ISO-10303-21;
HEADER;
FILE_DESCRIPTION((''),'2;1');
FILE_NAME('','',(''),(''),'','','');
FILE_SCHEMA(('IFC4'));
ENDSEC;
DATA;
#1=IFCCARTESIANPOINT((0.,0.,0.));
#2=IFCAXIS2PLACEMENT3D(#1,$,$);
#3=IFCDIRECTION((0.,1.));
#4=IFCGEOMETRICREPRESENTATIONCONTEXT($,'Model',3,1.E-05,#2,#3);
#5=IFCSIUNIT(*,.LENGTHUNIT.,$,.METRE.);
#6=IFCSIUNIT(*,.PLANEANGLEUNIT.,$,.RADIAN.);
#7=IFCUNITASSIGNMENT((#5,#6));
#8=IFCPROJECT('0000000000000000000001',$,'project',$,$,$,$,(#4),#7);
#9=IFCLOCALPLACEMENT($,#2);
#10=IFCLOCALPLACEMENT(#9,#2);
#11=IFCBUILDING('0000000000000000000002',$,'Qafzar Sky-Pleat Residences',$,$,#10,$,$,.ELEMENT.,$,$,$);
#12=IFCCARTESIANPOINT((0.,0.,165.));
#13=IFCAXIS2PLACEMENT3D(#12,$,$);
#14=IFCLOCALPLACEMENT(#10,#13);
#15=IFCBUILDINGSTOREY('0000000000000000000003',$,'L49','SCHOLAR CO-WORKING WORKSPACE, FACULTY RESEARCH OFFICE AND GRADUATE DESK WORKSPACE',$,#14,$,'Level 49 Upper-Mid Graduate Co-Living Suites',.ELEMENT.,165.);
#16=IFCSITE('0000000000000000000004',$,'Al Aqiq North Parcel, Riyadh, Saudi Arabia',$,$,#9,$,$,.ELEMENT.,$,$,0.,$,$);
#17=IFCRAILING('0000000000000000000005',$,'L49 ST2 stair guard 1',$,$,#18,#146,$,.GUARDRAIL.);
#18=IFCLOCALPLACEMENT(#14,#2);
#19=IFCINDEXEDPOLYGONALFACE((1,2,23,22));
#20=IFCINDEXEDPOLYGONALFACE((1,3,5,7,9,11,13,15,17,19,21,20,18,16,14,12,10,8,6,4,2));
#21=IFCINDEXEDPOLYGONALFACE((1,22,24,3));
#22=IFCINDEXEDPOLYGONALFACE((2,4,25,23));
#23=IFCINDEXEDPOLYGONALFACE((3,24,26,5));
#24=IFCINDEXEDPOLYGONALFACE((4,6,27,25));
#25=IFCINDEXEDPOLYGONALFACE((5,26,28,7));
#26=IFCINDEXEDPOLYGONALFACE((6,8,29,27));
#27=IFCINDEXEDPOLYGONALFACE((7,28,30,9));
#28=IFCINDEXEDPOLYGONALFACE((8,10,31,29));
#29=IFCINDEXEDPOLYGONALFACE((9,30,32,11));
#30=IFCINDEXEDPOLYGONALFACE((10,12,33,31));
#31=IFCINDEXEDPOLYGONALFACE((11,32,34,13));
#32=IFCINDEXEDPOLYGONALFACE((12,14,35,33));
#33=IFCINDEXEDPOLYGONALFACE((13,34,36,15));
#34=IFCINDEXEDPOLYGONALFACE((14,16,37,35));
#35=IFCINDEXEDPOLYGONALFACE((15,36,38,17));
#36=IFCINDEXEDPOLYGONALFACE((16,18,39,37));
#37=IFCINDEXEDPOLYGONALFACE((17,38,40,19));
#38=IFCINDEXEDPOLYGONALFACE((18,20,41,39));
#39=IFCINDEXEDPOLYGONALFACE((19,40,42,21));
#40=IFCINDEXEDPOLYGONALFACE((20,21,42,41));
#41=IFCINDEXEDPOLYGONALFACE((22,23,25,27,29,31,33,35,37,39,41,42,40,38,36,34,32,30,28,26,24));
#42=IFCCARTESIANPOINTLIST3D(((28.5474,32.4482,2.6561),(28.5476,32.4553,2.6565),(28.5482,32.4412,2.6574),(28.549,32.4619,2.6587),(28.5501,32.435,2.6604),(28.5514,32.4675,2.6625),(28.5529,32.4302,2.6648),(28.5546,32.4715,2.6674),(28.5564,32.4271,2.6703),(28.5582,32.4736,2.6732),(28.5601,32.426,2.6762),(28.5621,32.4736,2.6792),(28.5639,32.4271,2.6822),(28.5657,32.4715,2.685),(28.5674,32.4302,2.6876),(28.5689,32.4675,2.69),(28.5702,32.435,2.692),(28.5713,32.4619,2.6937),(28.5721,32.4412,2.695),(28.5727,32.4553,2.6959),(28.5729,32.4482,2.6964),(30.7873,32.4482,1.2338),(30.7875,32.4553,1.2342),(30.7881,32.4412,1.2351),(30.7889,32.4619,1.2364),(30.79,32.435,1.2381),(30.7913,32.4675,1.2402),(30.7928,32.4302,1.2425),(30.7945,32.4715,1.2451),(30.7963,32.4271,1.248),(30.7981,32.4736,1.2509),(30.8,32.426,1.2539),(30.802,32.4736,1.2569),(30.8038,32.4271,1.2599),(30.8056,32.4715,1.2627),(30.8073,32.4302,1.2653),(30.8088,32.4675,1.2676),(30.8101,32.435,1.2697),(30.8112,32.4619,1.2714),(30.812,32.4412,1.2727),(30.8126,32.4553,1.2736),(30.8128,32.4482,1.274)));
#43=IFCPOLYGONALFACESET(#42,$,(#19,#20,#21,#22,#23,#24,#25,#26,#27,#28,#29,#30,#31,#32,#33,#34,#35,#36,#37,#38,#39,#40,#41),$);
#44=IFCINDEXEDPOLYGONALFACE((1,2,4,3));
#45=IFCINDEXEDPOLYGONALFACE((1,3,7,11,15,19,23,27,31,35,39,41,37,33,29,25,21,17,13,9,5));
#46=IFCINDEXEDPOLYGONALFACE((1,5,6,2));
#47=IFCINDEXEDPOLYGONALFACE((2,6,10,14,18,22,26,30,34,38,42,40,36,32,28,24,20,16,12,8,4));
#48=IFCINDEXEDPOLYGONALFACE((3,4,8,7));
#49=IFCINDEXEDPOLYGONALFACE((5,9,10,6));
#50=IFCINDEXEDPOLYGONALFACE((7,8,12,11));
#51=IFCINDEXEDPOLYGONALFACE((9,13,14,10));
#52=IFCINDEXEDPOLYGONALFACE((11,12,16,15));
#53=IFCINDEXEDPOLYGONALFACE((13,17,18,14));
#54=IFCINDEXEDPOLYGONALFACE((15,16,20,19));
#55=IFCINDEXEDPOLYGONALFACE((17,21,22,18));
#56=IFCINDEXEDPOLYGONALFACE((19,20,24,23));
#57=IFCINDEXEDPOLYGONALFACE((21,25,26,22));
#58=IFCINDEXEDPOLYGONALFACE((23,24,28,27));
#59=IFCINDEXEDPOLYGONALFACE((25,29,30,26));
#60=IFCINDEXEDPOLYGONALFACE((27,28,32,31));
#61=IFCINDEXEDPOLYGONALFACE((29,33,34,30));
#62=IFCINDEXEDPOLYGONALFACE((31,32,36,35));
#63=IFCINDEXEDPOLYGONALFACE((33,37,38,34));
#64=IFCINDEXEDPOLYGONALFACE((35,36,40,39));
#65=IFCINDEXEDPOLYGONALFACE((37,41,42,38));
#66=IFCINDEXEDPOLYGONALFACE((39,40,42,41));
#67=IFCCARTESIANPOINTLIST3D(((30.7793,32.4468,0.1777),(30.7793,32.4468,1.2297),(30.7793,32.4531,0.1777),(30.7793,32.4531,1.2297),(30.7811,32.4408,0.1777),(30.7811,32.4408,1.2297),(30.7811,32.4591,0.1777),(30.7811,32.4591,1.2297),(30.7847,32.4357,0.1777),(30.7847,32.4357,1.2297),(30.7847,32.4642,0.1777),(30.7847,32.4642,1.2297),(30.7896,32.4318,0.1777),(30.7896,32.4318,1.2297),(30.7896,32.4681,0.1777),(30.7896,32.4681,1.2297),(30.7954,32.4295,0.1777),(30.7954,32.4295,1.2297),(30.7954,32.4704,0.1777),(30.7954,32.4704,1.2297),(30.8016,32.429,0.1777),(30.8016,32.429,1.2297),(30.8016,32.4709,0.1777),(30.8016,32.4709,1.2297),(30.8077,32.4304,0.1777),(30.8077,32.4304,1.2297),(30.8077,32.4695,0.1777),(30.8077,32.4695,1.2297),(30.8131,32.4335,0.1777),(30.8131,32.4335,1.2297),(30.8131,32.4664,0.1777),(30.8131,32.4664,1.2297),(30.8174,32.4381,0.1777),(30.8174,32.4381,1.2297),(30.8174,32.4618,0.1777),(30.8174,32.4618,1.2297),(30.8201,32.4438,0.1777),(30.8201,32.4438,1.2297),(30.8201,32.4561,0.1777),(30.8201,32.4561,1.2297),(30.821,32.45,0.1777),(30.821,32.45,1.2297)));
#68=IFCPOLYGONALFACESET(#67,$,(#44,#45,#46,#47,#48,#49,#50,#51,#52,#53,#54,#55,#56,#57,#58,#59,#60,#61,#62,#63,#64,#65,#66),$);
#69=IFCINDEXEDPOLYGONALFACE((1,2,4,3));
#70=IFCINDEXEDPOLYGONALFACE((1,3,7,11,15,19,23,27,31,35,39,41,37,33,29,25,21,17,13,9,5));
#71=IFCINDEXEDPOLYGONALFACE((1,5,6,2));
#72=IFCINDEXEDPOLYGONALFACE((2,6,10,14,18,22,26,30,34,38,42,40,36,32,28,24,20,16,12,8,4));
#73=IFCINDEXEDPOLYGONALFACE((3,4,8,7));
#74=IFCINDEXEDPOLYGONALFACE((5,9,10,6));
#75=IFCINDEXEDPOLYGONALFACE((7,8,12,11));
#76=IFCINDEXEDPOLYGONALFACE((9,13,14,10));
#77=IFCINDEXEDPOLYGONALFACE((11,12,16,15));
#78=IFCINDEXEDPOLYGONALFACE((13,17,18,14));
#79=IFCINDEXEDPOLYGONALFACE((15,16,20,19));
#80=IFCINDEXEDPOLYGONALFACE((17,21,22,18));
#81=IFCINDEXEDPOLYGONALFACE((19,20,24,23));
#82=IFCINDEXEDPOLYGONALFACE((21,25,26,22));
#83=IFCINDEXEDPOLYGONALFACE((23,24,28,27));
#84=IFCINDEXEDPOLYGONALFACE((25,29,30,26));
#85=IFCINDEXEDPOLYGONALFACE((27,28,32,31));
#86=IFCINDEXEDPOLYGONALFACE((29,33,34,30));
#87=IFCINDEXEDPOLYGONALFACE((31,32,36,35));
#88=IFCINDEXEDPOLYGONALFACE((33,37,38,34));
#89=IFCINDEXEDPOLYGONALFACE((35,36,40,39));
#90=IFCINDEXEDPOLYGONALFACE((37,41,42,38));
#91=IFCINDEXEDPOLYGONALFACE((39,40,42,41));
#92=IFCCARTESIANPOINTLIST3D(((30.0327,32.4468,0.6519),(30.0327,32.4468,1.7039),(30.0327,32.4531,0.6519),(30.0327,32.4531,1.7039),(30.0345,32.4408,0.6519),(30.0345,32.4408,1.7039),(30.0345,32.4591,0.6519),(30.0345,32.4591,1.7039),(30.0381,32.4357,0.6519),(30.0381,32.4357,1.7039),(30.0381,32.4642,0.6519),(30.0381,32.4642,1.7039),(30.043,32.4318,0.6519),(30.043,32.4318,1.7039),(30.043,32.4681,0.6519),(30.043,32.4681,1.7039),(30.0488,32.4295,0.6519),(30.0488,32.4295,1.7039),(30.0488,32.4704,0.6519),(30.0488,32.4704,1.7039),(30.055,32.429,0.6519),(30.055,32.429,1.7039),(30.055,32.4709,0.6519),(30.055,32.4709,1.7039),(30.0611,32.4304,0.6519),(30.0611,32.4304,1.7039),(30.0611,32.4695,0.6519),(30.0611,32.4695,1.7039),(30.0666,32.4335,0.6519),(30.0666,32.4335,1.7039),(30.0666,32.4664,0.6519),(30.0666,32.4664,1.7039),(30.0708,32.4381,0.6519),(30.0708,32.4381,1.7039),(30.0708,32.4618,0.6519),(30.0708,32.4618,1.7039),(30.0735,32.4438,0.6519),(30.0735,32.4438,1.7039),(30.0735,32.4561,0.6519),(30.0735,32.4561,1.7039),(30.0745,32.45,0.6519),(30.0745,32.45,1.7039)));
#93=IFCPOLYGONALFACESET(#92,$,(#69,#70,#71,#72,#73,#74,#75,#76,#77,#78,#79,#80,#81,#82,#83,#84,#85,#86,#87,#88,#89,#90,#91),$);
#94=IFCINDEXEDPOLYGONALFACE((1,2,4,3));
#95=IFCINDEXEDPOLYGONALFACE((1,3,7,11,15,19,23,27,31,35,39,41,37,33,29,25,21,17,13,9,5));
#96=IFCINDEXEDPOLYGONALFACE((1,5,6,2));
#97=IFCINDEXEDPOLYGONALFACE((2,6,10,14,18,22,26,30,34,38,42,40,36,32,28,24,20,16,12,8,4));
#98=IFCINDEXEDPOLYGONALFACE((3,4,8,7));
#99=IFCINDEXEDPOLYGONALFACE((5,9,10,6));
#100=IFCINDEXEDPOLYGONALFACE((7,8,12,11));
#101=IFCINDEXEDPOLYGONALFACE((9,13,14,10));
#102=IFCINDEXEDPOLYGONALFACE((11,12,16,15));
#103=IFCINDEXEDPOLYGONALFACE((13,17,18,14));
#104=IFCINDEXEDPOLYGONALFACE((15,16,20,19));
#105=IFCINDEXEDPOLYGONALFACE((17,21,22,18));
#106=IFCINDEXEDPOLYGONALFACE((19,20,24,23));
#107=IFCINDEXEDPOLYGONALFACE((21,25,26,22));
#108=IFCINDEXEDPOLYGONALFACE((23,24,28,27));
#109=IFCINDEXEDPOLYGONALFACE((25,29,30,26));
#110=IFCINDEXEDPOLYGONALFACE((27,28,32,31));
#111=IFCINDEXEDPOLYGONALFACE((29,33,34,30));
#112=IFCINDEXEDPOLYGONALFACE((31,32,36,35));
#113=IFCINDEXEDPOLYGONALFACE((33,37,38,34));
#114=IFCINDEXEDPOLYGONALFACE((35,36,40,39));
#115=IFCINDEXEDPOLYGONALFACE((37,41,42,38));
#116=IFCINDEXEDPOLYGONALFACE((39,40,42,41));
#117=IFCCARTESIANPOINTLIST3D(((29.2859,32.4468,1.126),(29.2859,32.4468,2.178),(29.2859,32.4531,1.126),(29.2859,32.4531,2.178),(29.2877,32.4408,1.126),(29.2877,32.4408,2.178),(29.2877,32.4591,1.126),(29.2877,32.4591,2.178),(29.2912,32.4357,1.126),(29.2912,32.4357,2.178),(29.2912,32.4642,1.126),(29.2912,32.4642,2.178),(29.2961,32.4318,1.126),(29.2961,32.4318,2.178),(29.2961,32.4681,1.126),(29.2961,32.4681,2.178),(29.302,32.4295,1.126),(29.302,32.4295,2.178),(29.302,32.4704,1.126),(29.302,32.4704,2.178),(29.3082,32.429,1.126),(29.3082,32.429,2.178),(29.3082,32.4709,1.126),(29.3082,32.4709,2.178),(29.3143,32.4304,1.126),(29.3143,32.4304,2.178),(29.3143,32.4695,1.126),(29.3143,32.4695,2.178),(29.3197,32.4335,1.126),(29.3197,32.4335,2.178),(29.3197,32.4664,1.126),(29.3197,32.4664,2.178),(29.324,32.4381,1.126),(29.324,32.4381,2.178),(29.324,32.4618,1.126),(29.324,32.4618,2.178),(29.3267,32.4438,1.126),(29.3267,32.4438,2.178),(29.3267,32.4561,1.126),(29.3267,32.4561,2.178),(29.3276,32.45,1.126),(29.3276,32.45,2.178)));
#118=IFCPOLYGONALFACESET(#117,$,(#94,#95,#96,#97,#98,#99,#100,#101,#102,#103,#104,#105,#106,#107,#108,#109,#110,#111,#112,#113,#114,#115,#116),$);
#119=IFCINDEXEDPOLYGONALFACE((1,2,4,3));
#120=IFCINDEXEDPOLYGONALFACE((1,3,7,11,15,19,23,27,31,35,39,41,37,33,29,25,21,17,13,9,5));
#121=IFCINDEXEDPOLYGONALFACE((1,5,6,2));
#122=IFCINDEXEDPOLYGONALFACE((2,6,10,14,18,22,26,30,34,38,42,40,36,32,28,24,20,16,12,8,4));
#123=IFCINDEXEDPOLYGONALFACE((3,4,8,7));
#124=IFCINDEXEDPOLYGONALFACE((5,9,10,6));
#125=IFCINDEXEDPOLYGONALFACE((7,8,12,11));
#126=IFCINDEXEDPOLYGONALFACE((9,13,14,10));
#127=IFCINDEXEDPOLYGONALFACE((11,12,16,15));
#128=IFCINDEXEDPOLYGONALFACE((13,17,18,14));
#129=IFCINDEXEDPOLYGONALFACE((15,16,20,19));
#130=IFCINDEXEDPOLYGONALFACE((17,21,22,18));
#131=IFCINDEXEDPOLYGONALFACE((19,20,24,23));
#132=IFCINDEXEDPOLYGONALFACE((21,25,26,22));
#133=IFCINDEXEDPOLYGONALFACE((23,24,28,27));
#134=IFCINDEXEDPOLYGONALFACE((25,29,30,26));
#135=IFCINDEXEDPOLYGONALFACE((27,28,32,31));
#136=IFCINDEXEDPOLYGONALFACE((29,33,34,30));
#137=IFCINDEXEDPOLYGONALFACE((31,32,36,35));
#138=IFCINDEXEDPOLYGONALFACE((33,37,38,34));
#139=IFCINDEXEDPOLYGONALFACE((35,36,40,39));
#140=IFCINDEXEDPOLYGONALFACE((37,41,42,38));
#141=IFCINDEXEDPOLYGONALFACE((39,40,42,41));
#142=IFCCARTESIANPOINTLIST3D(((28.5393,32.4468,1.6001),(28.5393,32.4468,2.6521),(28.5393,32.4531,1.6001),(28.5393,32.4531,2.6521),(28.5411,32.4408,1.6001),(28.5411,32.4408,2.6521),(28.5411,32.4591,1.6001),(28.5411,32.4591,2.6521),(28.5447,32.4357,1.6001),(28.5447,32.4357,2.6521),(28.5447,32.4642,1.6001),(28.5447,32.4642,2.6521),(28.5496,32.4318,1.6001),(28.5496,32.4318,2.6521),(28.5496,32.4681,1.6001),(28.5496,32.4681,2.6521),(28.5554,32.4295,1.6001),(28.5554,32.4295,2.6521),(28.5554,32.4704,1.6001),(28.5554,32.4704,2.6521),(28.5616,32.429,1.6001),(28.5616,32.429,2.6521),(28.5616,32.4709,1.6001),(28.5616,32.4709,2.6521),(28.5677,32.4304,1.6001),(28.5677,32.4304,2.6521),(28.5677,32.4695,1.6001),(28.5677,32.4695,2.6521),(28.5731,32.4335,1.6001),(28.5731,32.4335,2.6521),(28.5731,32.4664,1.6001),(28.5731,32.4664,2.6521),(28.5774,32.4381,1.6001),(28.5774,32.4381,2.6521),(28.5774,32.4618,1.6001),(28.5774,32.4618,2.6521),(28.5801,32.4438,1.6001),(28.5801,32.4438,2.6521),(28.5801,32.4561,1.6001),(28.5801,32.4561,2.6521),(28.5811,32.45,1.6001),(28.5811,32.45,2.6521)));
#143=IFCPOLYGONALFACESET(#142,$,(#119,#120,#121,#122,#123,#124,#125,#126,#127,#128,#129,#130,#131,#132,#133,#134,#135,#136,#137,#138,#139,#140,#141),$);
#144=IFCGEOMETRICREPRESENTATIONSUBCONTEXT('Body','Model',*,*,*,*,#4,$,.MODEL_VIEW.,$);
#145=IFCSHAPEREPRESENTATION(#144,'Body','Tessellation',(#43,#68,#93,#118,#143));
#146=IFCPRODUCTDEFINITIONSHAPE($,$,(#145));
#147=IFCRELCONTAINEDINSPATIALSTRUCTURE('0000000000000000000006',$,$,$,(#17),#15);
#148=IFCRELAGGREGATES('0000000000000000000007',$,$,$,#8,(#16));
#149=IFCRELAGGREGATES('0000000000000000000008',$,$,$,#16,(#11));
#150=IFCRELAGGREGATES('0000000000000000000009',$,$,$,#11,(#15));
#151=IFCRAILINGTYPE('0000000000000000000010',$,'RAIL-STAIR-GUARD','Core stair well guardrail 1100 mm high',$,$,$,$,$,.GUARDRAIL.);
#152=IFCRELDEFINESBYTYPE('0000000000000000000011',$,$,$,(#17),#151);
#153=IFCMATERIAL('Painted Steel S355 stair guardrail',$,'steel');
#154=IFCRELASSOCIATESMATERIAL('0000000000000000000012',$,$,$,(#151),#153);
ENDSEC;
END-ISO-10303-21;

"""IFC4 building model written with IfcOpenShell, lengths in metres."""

from ifc_helpers import new_model, si_unit, direction, frame, origin, origin_2d, place, context, subcontext, project, spatial, circle, extrude, source, transform, mapped, material, type_object, element, save


model = new_model("IFC4")

# Units and contexts
model_context = context("Model", 3, precision=1e-05, world=origin(), true_north=direction((0.0, 1.0)))
body_context = subcontext(model_context, "Body", "Model", "MODEL_VIEW")
ifc_project = project(units=[si_unit("LENGTHUNIT", "METRE"), si_unit("PLANEANGLEUNIT", "RADIAN")], contexts=[model_context])

# Site, building, storey
site_placement = place(None, origin())
site = spatial("IfcSite", under=ifc_project, at=site_placement, Name="Al Aqiq North Parcel, Riyadh, Saudi Arabia", CompositionType="ELEMENT", RefElevation=0.0)
building_placement = place(site_placement, origin())
building = spatial("IfcBuilding", under=site, at=building_placement, Name="Qafzar Sky-Pleat Residences", CompositionType="ELEMENT")
storey_placement = place(building_placement, frame((0.0, 0.0, 165.0)))
storey = spatial("IfcBuildingStorey", under=building, at=storey_placement, Name="L49", Description="SCHOLAR CO-WORKING WORKSPACE, FACULTY RESEARCH OFFICE AND GRADUATE DESK WORKSPACE", LongName="Level 49 Upper-Mid Graduate Co-Living Suites", CompositionType="ELEMENT", Elevation=165.0)

# Railing
ifc_material_1 = material(Name="Painted Steel S355 stair guardrail", Category="steel")
railing_type_1 = type_object("IfcRailingType", Name="RAIL-STAIR-GUARD", Description="Core stair well guardrail 1100 mm high", PredefinedType="GUARDRAIL", material=ifc_material_1)
shared_shape_1 = source(origin(), body_context, "Body", "SweptSolid", [
    extrude(circle(Radius=0.0239, at=origin_2d()), frame((0.0, 0.0, 1.0762), z_axis=(-0.844188, 0.0, 0.536048), x_axis=(0.0, -1.0, 0.0)), (0.0, 0.0, 1.0), 2.6533),
    extrude(circle(Radius=0.021, at=origin_2d()), origin(), (0.0, 0.0, 1.0), 1.052),
    extrude(circle(Radius=0.021, at=origin_2d()), frame((-0.7466, 0.0, 0.4741)), (0.0, 0.0, 1.0), 1.052),
    extrude(circle(Radius=0.021, at=origin_2d()), frame((-1.4934, 0.0, 0.9482)), (0.0, 0.0, 1.0), 1.052),
    extrude(circle(Radius=0.021, at=origin_2d()), frame((-2.24, 0.0, 1.4224)), (0.0, 0.0, 1.0), 1.052),
])
railing_1_placement = place(storey_placement, frame((30.8, 32.45, 0.1777)))
element("IfcRailing", 1, at=railing_1_placement, inside=storey, type_object=railing_type_1, Name="L49 ST2 stair guard 1", PredefinedType="GUARDRAIL", context=body_context, shape_type="MappedRepresentation", body=[
    mapped(shared_shape_1, transform((0.0, 0.0, 0.0), x_axis=(1.0, 0.0, 0.0), y_axis=(0.0, 1.0, 0.0), z_axis=(0.0, 0.0, 1.0), scale=1.0)),
])

save(model, "model.ifc")
